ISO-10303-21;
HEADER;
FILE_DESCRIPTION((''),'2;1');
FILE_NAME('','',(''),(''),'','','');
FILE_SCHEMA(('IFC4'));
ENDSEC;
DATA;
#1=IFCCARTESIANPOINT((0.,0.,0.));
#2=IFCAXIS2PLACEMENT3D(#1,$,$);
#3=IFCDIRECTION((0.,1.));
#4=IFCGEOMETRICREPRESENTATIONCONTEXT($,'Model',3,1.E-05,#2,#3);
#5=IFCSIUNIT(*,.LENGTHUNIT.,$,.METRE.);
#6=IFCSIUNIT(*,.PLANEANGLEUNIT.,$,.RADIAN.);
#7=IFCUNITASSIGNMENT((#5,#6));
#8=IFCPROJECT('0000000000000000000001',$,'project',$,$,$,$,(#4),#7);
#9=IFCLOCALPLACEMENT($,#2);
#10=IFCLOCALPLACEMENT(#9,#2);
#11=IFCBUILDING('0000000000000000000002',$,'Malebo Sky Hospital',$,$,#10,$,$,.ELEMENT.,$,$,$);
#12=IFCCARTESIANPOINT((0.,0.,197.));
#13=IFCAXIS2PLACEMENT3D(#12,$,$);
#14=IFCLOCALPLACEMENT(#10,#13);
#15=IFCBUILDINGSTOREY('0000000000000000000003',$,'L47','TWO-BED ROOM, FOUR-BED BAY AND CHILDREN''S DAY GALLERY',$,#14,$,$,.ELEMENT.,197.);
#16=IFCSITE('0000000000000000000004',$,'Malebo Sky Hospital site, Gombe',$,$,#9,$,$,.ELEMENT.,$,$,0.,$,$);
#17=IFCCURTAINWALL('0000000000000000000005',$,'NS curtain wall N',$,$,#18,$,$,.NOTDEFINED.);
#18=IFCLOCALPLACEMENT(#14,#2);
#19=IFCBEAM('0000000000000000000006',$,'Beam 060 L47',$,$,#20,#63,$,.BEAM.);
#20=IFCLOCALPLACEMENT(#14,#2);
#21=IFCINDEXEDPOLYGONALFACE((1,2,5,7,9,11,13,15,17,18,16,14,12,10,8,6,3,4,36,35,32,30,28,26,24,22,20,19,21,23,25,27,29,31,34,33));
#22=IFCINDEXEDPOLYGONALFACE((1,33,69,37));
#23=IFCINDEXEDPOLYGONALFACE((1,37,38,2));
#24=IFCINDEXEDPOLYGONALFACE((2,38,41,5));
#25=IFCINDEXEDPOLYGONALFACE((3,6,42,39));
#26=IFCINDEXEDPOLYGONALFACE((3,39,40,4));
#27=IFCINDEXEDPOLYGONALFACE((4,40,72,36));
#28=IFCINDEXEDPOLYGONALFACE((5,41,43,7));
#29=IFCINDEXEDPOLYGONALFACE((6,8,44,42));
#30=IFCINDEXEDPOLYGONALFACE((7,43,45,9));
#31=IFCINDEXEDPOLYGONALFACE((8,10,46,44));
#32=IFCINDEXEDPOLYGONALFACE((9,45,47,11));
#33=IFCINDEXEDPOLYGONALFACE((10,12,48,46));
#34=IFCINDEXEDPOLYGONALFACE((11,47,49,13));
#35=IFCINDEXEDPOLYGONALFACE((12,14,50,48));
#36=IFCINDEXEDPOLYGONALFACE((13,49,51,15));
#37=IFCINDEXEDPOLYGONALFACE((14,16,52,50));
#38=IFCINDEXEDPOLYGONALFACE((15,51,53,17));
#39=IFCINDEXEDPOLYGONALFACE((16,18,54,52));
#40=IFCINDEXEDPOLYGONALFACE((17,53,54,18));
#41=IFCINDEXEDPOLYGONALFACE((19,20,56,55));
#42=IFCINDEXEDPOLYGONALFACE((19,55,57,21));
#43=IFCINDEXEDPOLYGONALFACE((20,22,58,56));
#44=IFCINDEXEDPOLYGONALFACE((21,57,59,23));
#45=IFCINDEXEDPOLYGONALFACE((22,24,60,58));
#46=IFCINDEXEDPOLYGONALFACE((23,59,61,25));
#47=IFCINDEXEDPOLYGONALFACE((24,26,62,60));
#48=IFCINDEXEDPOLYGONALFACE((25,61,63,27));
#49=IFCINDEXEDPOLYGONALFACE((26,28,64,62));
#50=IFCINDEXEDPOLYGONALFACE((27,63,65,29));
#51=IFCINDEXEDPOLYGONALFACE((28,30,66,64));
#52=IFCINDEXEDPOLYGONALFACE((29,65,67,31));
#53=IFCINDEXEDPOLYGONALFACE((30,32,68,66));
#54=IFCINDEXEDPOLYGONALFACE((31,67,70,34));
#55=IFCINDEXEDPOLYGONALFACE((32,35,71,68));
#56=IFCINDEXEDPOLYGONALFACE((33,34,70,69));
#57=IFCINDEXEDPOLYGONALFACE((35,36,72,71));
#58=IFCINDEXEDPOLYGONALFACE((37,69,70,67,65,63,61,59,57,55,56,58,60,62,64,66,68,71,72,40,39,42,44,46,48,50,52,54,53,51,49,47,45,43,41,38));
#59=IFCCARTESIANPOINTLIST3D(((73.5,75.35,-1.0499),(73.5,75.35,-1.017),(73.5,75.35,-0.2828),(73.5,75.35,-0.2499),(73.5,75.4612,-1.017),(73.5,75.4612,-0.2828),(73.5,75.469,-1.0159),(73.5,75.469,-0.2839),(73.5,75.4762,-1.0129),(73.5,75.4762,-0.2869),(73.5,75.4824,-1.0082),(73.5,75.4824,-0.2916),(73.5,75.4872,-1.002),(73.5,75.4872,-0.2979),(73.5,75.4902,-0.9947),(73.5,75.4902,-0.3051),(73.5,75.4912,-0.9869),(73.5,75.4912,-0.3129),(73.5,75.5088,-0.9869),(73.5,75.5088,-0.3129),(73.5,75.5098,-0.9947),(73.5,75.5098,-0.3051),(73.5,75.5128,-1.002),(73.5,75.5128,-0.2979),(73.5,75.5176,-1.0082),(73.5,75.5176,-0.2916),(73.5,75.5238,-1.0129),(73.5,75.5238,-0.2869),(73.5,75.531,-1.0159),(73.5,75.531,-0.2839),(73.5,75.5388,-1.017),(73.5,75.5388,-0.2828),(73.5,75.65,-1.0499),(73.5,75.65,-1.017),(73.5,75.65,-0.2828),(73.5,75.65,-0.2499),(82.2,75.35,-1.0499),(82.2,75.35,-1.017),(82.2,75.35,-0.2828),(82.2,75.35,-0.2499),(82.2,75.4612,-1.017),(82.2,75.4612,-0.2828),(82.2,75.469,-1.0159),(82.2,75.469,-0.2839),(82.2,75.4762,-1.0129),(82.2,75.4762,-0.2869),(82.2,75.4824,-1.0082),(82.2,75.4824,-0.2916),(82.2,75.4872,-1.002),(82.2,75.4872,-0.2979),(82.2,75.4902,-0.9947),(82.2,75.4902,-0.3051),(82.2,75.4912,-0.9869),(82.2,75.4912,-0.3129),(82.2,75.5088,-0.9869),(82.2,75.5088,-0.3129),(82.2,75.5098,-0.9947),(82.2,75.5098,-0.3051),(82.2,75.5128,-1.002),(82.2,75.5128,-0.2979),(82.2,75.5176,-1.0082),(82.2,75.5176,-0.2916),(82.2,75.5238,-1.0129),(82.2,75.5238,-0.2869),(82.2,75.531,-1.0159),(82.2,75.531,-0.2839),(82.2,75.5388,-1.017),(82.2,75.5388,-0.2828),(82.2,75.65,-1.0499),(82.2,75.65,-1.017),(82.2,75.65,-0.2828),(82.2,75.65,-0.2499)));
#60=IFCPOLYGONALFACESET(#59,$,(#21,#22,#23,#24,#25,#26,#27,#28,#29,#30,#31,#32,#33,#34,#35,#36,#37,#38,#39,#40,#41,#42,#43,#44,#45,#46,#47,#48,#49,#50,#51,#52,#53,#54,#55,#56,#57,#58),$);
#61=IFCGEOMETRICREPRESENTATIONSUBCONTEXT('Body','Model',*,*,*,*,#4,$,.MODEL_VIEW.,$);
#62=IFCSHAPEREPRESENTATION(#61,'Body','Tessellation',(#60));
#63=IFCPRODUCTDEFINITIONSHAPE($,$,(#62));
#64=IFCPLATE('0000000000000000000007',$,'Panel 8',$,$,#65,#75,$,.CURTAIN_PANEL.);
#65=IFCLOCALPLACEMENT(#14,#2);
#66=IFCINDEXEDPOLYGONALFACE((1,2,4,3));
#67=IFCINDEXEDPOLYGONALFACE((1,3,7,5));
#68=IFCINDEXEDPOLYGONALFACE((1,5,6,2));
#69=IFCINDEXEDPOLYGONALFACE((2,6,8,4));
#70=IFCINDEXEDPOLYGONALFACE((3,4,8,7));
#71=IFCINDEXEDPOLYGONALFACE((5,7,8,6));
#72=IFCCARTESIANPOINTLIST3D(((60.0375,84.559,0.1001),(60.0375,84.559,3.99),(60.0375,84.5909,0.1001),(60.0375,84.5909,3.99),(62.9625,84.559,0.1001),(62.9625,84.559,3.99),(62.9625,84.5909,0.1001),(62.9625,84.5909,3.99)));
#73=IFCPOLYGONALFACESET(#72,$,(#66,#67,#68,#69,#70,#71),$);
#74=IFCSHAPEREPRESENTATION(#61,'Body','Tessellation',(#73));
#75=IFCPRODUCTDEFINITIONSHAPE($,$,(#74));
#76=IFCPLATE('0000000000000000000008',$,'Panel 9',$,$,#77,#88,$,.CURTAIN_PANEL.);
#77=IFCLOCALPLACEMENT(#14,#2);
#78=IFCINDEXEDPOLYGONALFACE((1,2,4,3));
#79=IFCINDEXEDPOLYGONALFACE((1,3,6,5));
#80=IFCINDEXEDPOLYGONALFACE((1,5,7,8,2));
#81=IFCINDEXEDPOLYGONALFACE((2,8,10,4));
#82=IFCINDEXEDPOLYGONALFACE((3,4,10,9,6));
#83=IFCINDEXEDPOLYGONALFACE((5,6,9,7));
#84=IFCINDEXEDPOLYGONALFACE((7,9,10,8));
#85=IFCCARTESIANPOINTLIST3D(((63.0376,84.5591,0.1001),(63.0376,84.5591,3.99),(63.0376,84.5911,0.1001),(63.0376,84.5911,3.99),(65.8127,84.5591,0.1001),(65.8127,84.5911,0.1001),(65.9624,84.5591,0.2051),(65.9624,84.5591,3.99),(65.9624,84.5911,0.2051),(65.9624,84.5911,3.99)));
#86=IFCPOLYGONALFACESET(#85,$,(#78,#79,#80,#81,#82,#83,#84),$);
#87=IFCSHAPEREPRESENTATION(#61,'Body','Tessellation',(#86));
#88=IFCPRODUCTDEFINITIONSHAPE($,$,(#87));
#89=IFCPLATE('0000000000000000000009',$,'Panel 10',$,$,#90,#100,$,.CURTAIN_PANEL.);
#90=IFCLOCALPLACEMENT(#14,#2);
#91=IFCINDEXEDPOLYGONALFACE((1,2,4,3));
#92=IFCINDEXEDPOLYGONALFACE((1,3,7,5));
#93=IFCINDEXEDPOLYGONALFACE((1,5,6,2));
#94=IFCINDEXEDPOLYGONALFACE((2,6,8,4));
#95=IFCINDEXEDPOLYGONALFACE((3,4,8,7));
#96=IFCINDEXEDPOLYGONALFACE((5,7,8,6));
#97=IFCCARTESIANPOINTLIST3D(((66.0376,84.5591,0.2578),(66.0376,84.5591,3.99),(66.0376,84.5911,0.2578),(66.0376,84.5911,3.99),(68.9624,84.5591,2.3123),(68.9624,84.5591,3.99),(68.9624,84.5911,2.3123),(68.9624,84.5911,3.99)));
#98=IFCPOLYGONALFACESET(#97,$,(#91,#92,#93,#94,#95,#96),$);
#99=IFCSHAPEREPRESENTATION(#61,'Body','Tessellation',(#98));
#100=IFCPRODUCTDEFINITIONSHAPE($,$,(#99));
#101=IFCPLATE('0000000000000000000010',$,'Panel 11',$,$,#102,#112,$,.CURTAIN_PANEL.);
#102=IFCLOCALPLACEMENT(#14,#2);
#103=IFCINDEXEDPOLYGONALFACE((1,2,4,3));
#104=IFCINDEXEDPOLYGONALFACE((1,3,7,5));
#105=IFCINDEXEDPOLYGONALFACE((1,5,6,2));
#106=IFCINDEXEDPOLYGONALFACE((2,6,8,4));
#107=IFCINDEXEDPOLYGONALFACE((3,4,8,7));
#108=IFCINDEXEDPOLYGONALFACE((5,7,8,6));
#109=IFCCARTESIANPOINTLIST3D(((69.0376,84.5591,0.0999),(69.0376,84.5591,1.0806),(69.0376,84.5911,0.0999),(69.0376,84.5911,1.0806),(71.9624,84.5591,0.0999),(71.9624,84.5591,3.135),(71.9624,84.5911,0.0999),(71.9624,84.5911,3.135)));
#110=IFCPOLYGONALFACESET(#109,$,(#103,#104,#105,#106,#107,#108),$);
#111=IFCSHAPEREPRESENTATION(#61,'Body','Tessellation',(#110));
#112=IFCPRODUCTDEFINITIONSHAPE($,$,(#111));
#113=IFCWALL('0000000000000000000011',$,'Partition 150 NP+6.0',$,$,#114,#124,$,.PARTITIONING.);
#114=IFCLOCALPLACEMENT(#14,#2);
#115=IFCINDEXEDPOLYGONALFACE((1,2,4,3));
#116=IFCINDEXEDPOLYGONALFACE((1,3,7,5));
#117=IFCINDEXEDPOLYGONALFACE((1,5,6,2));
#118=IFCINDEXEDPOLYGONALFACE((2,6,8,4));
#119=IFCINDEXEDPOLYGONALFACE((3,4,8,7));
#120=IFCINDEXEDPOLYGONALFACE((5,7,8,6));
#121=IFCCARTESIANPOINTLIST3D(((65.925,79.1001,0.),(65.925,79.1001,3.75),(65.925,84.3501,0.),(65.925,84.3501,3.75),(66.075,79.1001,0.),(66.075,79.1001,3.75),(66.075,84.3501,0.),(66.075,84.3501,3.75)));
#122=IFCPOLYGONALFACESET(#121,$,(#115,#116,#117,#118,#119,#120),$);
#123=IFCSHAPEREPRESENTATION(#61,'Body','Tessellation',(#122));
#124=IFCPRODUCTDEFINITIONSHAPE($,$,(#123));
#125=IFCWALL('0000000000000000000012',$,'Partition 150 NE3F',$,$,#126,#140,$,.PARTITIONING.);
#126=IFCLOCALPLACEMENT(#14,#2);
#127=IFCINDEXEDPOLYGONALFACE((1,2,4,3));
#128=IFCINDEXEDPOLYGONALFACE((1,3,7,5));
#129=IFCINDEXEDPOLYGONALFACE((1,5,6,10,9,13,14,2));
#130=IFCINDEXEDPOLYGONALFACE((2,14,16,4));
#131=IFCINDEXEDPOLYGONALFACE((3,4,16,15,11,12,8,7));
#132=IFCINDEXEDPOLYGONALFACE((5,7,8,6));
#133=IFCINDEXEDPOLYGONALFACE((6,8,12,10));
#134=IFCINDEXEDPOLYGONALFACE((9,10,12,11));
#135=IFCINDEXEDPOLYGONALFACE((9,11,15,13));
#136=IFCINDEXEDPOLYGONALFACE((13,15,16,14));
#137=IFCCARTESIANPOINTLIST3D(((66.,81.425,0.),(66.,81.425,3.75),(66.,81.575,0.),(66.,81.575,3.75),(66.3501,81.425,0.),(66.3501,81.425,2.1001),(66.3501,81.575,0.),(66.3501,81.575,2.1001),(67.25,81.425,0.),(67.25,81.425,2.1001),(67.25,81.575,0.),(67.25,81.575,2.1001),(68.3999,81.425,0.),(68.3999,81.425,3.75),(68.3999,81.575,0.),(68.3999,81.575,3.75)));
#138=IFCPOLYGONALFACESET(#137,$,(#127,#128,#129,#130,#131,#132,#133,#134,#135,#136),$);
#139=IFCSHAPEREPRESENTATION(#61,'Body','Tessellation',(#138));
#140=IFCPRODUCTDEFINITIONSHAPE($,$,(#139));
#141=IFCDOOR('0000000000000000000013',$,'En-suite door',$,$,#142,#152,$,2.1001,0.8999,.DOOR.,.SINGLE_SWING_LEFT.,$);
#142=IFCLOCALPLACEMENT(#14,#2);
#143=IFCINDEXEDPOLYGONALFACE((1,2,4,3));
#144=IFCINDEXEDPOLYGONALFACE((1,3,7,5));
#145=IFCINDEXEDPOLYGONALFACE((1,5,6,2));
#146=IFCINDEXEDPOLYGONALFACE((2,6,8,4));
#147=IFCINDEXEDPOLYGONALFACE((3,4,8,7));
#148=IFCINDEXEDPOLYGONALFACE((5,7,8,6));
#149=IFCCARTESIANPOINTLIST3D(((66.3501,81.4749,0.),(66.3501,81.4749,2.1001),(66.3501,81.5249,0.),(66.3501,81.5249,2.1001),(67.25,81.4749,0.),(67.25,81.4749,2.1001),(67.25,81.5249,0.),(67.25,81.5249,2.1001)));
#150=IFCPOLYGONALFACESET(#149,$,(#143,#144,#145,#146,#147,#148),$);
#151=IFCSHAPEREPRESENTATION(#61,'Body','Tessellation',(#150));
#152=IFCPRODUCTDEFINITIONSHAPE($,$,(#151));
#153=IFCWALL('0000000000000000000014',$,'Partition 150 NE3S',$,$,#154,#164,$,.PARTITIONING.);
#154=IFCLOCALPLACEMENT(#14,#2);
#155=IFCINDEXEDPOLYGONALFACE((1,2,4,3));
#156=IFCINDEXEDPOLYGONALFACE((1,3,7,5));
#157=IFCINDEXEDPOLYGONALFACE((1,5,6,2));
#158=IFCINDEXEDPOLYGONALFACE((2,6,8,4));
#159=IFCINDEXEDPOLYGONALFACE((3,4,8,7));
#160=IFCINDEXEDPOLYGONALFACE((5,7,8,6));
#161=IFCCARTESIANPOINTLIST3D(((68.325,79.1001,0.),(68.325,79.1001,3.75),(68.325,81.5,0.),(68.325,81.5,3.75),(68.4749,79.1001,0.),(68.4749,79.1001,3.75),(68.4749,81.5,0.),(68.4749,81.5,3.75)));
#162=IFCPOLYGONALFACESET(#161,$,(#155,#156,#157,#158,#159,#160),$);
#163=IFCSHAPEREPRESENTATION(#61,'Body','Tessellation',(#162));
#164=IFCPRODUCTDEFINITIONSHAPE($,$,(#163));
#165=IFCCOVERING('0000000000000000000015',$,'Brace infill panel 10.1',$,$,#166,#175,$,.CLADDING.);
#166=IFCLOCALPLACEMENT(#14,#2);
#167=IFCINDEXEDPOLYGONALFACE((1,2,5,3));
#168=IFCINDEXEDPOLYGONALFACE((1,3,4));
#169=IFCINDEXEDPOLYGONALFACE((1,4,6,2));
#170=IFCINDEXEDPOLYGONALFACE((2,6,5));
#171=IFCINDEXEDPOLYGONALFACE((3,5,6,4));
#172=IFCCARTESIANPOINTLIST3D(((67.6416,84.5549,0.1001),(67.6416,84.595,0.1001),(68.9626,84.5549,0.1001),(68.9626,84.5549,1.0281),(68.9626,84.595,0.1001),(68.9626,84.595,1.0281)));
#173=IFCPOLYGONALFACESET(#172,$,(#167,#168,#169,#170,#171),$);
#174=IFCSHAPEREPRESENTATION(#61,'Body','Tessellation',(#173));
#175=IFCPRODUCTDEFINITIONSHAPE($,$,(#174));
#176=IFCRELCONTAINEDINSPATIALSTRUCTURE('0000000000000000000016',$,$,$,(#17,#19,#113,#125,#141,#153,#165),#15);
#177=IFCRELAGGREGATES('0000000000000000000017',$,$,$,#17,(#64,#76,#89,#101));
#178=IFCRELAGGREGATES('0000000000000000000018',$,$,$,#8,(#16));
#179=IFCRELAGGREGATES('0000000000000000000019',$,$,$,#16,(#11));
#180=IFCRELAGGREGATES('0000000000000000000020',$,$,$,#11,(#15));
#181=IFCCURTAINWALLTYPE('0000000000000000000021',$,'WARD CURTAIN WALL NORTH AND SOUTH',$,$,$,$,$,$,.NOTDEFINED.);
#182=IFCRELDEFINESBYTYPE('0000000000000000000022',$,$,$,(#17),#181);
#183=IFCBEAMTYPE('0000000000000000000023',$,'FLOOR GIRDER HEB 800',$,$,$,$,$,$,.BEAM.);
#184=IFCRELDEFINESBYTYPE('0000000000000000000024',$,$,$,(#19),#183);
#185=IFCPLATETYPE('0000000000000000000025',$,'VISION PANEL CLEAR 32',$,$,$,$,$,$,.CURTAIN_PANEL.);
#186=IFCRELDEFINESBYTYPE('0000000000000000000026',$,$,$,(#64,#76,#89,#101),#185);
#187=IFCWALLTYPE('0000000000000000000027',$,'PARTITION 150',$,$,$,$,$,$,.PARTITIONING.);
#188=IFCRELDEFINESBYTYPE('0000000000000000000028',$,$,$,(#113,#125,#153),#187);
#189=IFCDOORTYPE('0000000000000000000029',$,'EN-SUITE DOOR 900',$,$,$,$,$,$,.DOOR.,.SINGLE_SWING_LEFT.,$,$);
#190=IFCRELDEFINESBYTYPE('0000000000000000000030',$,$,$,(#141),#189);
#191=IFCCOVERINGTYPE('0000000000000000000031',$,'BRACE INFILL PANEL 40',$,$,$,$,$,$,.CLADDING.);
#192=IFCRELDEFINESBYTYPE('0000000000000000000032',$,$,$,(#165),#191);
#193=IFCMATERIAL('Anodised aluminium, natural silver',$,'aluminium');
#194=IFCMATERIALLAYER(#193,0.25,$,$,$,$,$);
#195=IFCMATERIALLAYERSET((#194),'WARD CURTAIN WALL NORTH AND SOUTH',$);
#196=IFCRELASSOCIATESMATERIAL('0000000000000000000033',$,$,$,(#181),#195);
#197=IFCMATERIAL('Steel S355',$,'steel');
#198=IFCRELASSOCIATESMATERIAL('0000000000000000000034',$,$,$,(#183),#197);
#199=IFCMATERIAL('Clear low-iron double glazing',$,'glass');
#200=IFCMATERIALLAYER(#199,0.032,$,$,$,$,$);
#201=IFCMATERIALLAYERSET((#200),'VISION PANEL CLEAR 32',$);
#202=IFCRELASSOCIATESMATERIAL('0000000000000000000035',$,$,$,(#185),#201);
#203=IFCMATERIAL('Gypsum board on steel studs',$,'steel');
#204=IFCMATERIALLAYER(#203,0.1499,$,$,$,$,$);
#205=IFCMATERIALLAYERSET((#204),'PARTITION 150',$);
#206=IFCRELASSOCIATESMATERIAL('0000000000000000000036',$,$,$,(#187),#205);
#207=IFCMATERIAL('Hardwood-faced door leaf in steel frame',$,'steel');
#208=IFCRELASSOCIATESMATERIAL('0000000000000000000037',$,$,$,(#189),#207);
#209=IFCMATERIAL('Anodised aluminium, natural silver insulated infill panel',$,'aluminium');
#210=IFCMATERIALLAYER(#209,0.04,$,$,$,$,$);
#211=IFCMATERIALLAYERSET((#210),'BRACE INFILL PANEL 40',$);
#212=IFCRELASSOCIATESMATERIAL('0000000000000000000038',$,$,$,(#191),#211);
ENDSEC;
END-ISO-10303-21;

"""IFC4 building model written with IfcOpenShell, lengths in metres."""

from ifc_helpers import new_model, si_unit, direction, frame, frame_2d, origin, origin_2d, place, context, subcontext, project, spatial, polyline, rectangle, i_section, outline, extrude, material, layer, layer_set, material_profile, profile_set, type_object, element, fill, aggregate, save


model = new_model("IFC4")

# Units and contexts
model_context = context("Model", 3, precision=1e-05, world=origin(), true_north=direction((0.0, 1.0)))
body_context = subcontext(model_context, "Body", "Model", "MODEL_VIEW")
ifc_project = project(units=[si_unit("LENGTHUNIT", "METRE"), si_unit("PLANEANGLEUNIT", "RADIAN")], contexts=[model_context])

# Site, building, storey
site_placement = place(None, origin())
site = spatial("IfcSite", under=ifc_project, at=site_placement, Name="Malebo Sky Hospital site, Gombe", CompositionType="ELEMENT", RefElevation=0.0)
building_placement = place(site_placement, origin())
building = spatial("IfcBuilding", under=site, at=building_placement, Name="Malebo Sky Hospital", CompositionType="ELEMENT")
storey_placement = place(building_placement, frame((0.0, 0.0, 197.0)))
storey = spatial("IfcBuildingStorey", under=building, at=storey_placement, Name="L47", Description="TWO-BED ROOM, FOUR-BED BAY AND CHILDREN'S DAY GALLERY", CompositionType="ELEMENT", Elevation=197.0)

# Curtain wall
ifc_material_1 = material(Name="Anodised aluminium, natural silver", Category="aluminium")
ifc_layer_1 = layer(ifc_material_1, 0.25)
ifc_layer_set_1 = layer_set([ifc_layer_1], Name="WARD CURTAIN WALL NORTH AND SOUTH")
curtain_wall_type = type_object("IfcCurtainWallType", Name="WARD CURTAIN WALL NORTH AND SOUTH", PredefinedType="NOTDEFINED", material=ifc_layer_set_1)
curtain_wall_placement = place(storey_placement, origin())
curtain_wall = element("IfcCurtainWall", 1, at=curtain_wall_placement, inside=storey, type_object=curtain_wall_type, Name="NS curtain wall N", PredefinedType="NOTDEFINED")

# Shared definitions
ifc_material_2 = material(Name="Steel S355", Category="steel")

# Beam
ifc_material_profile_1 = material_profile(ifc_material_2, i_section(OverallWidth=0.3, OverallDepth=0.8, WebThickness=0.0176, FlangeThickness=0.033, FilletRadius=0.03, at=origin_2d()), Name="HEB 800")
ifc_profile_set_1 = profile_set([ifc_material_profile_1], Name="Steel S355")
beam_type_1 = type_object("IfcBeamType", Name="FLOOR GIRDER HEB 800", PredefinedType="BEAM", material=ifc_profile_set_1)
for number, where, z_axis, x_axis, name in (
    (2, (73.5, 75.5, -0.6499), (1.0, 0.0, 0.0), (0.0, 1.0, 0.0), "Beam 060 L47"),
):
    element("IfcBeam", number, at=place(storey_placement, frame(where, z_axis=z_axis, x_axis=x_axis)), inside=storey, type_object=beam_type_1, Name=name, PredefinedType="BEAM", context=body_context, shape_type="SweptSolid", body=[
        extrude(i_section(OverallWidth=0.3, OverallDepth=0.8, WebThickness=0.0176, FlangeThickness=0.033, FilletRadius=0.03, at=origin_2d()), origin(), (0.0, 0.0, 1.0), 8.7),
    ])

# Plates
ifc_material_3 = material(Name="Clear low-iron double glazing", Category="glass")
ifc_layer_2 = layer(ifc_material_3, 0.032)
ifc_layer_set_2 = layer_set([ifc_layer_2], Name="VISION PANEL CLEAR 32")
plate_type = type_object("IfcPlateType", Name="VISION PANEL CLEAR 32", PredefinedType="CURTAIN_PANEL", material=ifc_layer_set_2)
plate_1_placement = place(storey_placement, frame((61.5, 84.575, 0.1001), z_axis=(0.0, 0.0, 1.0), x_axis=(1.0, 0.0, 0.0)))
plate_1 = element("IfcPlate", 3, at=plate_1_placement, type_object=plate_type, Name="Panel 8", PredefinedType="CURTAIN_PANEL", context=body_context, shape_type="SweptSolid", body=[
    extrude(rectangle(XDim=2.925, YDim=0.032, at=origin_2d()), origin(), (0.0, 0.0, 1.0), 3.8899),
])
plate_2_placement = place(storey_placement, frame((64.5, 84.575, 0.1001), z_axis=(0.0, 0.0, 1.0), x_axis=(1.0, 0.0, 0.0)))
plate_2 = element("IfcPlate", 4, at=plate_2_placement, type_object=plate_type, Name="Panel 9", PredefinedType="CURTAIN_PANEL", context=body_context, shape_type="SweptSolid", body=[
    extrude(outline(polyline([(-1.4624, 0.0), (1.3127, 0.0), (1.4624, 0.105), (1.4624, 3.8899), (-1.4624, 3.8899), (-1.4624, 0.0)])), frame((0.0, 0.0161, 0.0), z_axis=(0.0, -1.0, 0.0), x_axis=(1.0, 0.0, 0.0)), (0.0, 0.0, 1.0), 0.032),
])
plate_3_placement = place(storey_placement, frame((67.5, 84.575, 0.2578), z_axis=(0.0, 0.0, 1.0), x_axis=(1.0, 0.0, 0.0)))
plate_3 = element("IfcPlate", 5, at=plate_3_placement, type_object=plate_type, Name="Panel 10", PredefinedType="CURTAIN_PANEL", context=body_context, shape_type="SweptSolid", body=[
    extrude(outline(polyline([(-1.4624, 0.0), (1.4624, 2.0544), (1.4624, 3.7322), (-1.4624, 3.7322), (-1.4624, 0.0)])), frame((0.0, 0.0161, 0.0), z_axis=(0.0, -1.0, 0.0), x_axis=(1.0, 0.0, 0.0)), (0.0, 0.0, 1.0), 0.032),
])
plate_4_placement = place(storey_placement, frame((70.5, 84.575, 0.0999), z_axis=(0.0, 0.0, 1.0), x_axis=(1.0, 0.0, 0.0)))
plate_4 = element("IfcPlate", 6, at=plate_4_placement, type_object=plate_type, Name="Panel 11", PredefinedType="CURTAIN_PANEL", context=body_context, shape_type="SweptSolid", body=[
    extrude(outline(polyline([(-1.4624, 0.0), (1.4624, 0.0), (1.4624, 3.0352), (-1.4624, 0.9807), (-1.4624, 0.0)])), frame((0.0, 0.0161, 0.0), z_axis=(0.0, -1.0, 0.0), x_axis=(1.0, 0.0, 0.0)), (0.0, 0.0, 1.0), 0.032),
])
aggregate(curtain_wall, [plate_1, plate_2, plate_3, plate_4])

# Wall
ifc_material_4 = material(Name="Gypsum board on steel studs", Category="steel")
ifc_layer_3 = layer(ifc_material_4, 0.1499)
ifc_layer_set_3 = layer_set([ifc_layer_3], Name="PARTITION 150")
wall_type = type_object("IfcWallType", Name="PARTITION 150", PredefinedType="PARTITIONING", material=ifc_layer_set_3)
wall_1_placement = place(storey_placement, frame((66.0, 79.1001, 0.0), z_axis=(0.0, 0.0, 1.0), x_axis=(0.0, 1.0, 0.0)))
element("IfcWall", 7, at=wall_1_placement, inside=storey, type_object=wall_type, Name="Partition 150 NP+6.0", PredefinedType="PARTITIONING", context=body_context, shape_type="SweptSolid", body=[
    extrude(rectangle(XDim=5.25, YDim=0.1499, at=frame_2d((2.625, 0.0))), origin(), (0.0, 0.0, 1.0), 3.75),
])

# Wall, opening, door
wall_2_placement = place(storey_placement, frame((66.0, 81.5, 0.0), z_axis=(0.0, 0.0, 1.0), x_axis=(1.0, 0.0, 0.0)))
wall_2 = element("IfcWall", 8, at=wall_2_placement, inside=storey, type_object=wall_type, Name="Partition 150 NE3F", PredefinedType="PARTITIONING", context=body_context, shape_type="SweptSolid", body=[
    extrude(rectangle(XDim=2.3999, YDim=0.1499, at=frame_2d((1.2, 0.0))), origin(), (0.0, 0.0, 1.0), 3.75),
])
opening_placement = place(wall_2_placement, frame((0.3501, 0.0, 0.0)))
opening = element("IfcOpeningElement", 9, at=opening_placement, cuts=wall_2, PredefinedType="OPENING", context=body_context, shape_type="SweptSolid", body=[
    extrude(rectangle(XDim=0.8999, YDim=2.1001, at=frame_2d((0.45, 1.05))), frame((0.0, 0.085, 0.0), z_axis=(0.0, -1.0, 0.0), x_axis=(1.0, 0.0, 0.0)), (0.0, 0.0, 1.0), 0.1699),
])
ifc_material_5 = material(Name="Hardwood-faced door leaf in steel frame", Category="steel")
door_type = type_object("IfcDoorType", Name="EN-SUITE DOOR 900", OperationType="SINGLE_SWING_LEFT", PredefinedType="DOOR", material=ifc_material_5)
door_placement = place(opening_placement, origin())
door = element("IfcDoor", 10, at=door_placement, inside=storey, type_object=door_type, Name="En-suite door", OperationType="SINGLE_SWING_LEFT", OverallHeight=2.1001, OverallWidth=0.8999, PredefinedType="DOOR", context=body_context, shape_type="SweptSolid", body=[
    extrude(rectangle(XDim=0.8999, YDim=2.1001, at=frame_2d((0.45, 1.05))), frame((0.0, 0.0249, 0.0), z_axis=(0.0, -1.0, 0.0), x_axis=(1.0, 0.0, 0.0)), (0.0, 0.0, 1.0), 0.05),
])
fill(opening, door)

# Wall
wall_3_placement = place(storey_placement, frame((68.3999, 79.1001, 0.0), z_axis=(0.0, 0.0, 1.0), x_axis=(0.0, 1.0, 0.0)))
element("IfcWall", 11, at=wall_3_placement, inside=storey, type_object=wall_type, Name="Partition 150 NE3S", PredefinedType="PARTITIONING", context=body_context, shape_type="SweptSolid", body=[
    extrude(rectangle(XDim=2.3999, YDim=0.1499, at=frame_2d((1.2, 0.0))), origin(), (0.0, 0.0, 1.0), 3.75),
])

# Covering
ifc_material_6 = material(Name="Anodised aluminium, natural silver insulated infill panel", Category="aluminium")
ifc_layer_4 = layer(ifc_material_6, 0.04)
ifc_layer_set_4 = layer_set([ifc_layer_4], Name="BRACE INFILL PANEL 40")
covering_type = type_object("IfcCoveringType", Name="BRACE INFILL PANEL 40", PredefinedType="CLADDING", material=ifc_layer_set_4)
covering_1_placement = place(storey_placement, frame((68.302, 84.575, 0.1001), z_axis=(0.0, 0.0, 1.0), x_axis=(1.0, 0.0, 0.0)))
element("IfcCovering", 12, at=covering_1_placement, inside=storey, type_object=covering_type, Name="Brace infill panel 10.1", PredefinedType="CLADDING", context=body_context, shape_type="SweptSolid", body=[
    extrude(outline(polyline([(-0.6604, 0.0), (0.6606, 0.0), (0.6606, 0.928), (-0.6604, 0.0)])), frame((0.0, 0.02, 0.0), z_axis=(0.0, -1.0, 0.0), x_axis=(1.0, 0.0, 0.0)), (0.0, 0.0, 1.0), 0.04),
])

save(model, "model.ifc")
